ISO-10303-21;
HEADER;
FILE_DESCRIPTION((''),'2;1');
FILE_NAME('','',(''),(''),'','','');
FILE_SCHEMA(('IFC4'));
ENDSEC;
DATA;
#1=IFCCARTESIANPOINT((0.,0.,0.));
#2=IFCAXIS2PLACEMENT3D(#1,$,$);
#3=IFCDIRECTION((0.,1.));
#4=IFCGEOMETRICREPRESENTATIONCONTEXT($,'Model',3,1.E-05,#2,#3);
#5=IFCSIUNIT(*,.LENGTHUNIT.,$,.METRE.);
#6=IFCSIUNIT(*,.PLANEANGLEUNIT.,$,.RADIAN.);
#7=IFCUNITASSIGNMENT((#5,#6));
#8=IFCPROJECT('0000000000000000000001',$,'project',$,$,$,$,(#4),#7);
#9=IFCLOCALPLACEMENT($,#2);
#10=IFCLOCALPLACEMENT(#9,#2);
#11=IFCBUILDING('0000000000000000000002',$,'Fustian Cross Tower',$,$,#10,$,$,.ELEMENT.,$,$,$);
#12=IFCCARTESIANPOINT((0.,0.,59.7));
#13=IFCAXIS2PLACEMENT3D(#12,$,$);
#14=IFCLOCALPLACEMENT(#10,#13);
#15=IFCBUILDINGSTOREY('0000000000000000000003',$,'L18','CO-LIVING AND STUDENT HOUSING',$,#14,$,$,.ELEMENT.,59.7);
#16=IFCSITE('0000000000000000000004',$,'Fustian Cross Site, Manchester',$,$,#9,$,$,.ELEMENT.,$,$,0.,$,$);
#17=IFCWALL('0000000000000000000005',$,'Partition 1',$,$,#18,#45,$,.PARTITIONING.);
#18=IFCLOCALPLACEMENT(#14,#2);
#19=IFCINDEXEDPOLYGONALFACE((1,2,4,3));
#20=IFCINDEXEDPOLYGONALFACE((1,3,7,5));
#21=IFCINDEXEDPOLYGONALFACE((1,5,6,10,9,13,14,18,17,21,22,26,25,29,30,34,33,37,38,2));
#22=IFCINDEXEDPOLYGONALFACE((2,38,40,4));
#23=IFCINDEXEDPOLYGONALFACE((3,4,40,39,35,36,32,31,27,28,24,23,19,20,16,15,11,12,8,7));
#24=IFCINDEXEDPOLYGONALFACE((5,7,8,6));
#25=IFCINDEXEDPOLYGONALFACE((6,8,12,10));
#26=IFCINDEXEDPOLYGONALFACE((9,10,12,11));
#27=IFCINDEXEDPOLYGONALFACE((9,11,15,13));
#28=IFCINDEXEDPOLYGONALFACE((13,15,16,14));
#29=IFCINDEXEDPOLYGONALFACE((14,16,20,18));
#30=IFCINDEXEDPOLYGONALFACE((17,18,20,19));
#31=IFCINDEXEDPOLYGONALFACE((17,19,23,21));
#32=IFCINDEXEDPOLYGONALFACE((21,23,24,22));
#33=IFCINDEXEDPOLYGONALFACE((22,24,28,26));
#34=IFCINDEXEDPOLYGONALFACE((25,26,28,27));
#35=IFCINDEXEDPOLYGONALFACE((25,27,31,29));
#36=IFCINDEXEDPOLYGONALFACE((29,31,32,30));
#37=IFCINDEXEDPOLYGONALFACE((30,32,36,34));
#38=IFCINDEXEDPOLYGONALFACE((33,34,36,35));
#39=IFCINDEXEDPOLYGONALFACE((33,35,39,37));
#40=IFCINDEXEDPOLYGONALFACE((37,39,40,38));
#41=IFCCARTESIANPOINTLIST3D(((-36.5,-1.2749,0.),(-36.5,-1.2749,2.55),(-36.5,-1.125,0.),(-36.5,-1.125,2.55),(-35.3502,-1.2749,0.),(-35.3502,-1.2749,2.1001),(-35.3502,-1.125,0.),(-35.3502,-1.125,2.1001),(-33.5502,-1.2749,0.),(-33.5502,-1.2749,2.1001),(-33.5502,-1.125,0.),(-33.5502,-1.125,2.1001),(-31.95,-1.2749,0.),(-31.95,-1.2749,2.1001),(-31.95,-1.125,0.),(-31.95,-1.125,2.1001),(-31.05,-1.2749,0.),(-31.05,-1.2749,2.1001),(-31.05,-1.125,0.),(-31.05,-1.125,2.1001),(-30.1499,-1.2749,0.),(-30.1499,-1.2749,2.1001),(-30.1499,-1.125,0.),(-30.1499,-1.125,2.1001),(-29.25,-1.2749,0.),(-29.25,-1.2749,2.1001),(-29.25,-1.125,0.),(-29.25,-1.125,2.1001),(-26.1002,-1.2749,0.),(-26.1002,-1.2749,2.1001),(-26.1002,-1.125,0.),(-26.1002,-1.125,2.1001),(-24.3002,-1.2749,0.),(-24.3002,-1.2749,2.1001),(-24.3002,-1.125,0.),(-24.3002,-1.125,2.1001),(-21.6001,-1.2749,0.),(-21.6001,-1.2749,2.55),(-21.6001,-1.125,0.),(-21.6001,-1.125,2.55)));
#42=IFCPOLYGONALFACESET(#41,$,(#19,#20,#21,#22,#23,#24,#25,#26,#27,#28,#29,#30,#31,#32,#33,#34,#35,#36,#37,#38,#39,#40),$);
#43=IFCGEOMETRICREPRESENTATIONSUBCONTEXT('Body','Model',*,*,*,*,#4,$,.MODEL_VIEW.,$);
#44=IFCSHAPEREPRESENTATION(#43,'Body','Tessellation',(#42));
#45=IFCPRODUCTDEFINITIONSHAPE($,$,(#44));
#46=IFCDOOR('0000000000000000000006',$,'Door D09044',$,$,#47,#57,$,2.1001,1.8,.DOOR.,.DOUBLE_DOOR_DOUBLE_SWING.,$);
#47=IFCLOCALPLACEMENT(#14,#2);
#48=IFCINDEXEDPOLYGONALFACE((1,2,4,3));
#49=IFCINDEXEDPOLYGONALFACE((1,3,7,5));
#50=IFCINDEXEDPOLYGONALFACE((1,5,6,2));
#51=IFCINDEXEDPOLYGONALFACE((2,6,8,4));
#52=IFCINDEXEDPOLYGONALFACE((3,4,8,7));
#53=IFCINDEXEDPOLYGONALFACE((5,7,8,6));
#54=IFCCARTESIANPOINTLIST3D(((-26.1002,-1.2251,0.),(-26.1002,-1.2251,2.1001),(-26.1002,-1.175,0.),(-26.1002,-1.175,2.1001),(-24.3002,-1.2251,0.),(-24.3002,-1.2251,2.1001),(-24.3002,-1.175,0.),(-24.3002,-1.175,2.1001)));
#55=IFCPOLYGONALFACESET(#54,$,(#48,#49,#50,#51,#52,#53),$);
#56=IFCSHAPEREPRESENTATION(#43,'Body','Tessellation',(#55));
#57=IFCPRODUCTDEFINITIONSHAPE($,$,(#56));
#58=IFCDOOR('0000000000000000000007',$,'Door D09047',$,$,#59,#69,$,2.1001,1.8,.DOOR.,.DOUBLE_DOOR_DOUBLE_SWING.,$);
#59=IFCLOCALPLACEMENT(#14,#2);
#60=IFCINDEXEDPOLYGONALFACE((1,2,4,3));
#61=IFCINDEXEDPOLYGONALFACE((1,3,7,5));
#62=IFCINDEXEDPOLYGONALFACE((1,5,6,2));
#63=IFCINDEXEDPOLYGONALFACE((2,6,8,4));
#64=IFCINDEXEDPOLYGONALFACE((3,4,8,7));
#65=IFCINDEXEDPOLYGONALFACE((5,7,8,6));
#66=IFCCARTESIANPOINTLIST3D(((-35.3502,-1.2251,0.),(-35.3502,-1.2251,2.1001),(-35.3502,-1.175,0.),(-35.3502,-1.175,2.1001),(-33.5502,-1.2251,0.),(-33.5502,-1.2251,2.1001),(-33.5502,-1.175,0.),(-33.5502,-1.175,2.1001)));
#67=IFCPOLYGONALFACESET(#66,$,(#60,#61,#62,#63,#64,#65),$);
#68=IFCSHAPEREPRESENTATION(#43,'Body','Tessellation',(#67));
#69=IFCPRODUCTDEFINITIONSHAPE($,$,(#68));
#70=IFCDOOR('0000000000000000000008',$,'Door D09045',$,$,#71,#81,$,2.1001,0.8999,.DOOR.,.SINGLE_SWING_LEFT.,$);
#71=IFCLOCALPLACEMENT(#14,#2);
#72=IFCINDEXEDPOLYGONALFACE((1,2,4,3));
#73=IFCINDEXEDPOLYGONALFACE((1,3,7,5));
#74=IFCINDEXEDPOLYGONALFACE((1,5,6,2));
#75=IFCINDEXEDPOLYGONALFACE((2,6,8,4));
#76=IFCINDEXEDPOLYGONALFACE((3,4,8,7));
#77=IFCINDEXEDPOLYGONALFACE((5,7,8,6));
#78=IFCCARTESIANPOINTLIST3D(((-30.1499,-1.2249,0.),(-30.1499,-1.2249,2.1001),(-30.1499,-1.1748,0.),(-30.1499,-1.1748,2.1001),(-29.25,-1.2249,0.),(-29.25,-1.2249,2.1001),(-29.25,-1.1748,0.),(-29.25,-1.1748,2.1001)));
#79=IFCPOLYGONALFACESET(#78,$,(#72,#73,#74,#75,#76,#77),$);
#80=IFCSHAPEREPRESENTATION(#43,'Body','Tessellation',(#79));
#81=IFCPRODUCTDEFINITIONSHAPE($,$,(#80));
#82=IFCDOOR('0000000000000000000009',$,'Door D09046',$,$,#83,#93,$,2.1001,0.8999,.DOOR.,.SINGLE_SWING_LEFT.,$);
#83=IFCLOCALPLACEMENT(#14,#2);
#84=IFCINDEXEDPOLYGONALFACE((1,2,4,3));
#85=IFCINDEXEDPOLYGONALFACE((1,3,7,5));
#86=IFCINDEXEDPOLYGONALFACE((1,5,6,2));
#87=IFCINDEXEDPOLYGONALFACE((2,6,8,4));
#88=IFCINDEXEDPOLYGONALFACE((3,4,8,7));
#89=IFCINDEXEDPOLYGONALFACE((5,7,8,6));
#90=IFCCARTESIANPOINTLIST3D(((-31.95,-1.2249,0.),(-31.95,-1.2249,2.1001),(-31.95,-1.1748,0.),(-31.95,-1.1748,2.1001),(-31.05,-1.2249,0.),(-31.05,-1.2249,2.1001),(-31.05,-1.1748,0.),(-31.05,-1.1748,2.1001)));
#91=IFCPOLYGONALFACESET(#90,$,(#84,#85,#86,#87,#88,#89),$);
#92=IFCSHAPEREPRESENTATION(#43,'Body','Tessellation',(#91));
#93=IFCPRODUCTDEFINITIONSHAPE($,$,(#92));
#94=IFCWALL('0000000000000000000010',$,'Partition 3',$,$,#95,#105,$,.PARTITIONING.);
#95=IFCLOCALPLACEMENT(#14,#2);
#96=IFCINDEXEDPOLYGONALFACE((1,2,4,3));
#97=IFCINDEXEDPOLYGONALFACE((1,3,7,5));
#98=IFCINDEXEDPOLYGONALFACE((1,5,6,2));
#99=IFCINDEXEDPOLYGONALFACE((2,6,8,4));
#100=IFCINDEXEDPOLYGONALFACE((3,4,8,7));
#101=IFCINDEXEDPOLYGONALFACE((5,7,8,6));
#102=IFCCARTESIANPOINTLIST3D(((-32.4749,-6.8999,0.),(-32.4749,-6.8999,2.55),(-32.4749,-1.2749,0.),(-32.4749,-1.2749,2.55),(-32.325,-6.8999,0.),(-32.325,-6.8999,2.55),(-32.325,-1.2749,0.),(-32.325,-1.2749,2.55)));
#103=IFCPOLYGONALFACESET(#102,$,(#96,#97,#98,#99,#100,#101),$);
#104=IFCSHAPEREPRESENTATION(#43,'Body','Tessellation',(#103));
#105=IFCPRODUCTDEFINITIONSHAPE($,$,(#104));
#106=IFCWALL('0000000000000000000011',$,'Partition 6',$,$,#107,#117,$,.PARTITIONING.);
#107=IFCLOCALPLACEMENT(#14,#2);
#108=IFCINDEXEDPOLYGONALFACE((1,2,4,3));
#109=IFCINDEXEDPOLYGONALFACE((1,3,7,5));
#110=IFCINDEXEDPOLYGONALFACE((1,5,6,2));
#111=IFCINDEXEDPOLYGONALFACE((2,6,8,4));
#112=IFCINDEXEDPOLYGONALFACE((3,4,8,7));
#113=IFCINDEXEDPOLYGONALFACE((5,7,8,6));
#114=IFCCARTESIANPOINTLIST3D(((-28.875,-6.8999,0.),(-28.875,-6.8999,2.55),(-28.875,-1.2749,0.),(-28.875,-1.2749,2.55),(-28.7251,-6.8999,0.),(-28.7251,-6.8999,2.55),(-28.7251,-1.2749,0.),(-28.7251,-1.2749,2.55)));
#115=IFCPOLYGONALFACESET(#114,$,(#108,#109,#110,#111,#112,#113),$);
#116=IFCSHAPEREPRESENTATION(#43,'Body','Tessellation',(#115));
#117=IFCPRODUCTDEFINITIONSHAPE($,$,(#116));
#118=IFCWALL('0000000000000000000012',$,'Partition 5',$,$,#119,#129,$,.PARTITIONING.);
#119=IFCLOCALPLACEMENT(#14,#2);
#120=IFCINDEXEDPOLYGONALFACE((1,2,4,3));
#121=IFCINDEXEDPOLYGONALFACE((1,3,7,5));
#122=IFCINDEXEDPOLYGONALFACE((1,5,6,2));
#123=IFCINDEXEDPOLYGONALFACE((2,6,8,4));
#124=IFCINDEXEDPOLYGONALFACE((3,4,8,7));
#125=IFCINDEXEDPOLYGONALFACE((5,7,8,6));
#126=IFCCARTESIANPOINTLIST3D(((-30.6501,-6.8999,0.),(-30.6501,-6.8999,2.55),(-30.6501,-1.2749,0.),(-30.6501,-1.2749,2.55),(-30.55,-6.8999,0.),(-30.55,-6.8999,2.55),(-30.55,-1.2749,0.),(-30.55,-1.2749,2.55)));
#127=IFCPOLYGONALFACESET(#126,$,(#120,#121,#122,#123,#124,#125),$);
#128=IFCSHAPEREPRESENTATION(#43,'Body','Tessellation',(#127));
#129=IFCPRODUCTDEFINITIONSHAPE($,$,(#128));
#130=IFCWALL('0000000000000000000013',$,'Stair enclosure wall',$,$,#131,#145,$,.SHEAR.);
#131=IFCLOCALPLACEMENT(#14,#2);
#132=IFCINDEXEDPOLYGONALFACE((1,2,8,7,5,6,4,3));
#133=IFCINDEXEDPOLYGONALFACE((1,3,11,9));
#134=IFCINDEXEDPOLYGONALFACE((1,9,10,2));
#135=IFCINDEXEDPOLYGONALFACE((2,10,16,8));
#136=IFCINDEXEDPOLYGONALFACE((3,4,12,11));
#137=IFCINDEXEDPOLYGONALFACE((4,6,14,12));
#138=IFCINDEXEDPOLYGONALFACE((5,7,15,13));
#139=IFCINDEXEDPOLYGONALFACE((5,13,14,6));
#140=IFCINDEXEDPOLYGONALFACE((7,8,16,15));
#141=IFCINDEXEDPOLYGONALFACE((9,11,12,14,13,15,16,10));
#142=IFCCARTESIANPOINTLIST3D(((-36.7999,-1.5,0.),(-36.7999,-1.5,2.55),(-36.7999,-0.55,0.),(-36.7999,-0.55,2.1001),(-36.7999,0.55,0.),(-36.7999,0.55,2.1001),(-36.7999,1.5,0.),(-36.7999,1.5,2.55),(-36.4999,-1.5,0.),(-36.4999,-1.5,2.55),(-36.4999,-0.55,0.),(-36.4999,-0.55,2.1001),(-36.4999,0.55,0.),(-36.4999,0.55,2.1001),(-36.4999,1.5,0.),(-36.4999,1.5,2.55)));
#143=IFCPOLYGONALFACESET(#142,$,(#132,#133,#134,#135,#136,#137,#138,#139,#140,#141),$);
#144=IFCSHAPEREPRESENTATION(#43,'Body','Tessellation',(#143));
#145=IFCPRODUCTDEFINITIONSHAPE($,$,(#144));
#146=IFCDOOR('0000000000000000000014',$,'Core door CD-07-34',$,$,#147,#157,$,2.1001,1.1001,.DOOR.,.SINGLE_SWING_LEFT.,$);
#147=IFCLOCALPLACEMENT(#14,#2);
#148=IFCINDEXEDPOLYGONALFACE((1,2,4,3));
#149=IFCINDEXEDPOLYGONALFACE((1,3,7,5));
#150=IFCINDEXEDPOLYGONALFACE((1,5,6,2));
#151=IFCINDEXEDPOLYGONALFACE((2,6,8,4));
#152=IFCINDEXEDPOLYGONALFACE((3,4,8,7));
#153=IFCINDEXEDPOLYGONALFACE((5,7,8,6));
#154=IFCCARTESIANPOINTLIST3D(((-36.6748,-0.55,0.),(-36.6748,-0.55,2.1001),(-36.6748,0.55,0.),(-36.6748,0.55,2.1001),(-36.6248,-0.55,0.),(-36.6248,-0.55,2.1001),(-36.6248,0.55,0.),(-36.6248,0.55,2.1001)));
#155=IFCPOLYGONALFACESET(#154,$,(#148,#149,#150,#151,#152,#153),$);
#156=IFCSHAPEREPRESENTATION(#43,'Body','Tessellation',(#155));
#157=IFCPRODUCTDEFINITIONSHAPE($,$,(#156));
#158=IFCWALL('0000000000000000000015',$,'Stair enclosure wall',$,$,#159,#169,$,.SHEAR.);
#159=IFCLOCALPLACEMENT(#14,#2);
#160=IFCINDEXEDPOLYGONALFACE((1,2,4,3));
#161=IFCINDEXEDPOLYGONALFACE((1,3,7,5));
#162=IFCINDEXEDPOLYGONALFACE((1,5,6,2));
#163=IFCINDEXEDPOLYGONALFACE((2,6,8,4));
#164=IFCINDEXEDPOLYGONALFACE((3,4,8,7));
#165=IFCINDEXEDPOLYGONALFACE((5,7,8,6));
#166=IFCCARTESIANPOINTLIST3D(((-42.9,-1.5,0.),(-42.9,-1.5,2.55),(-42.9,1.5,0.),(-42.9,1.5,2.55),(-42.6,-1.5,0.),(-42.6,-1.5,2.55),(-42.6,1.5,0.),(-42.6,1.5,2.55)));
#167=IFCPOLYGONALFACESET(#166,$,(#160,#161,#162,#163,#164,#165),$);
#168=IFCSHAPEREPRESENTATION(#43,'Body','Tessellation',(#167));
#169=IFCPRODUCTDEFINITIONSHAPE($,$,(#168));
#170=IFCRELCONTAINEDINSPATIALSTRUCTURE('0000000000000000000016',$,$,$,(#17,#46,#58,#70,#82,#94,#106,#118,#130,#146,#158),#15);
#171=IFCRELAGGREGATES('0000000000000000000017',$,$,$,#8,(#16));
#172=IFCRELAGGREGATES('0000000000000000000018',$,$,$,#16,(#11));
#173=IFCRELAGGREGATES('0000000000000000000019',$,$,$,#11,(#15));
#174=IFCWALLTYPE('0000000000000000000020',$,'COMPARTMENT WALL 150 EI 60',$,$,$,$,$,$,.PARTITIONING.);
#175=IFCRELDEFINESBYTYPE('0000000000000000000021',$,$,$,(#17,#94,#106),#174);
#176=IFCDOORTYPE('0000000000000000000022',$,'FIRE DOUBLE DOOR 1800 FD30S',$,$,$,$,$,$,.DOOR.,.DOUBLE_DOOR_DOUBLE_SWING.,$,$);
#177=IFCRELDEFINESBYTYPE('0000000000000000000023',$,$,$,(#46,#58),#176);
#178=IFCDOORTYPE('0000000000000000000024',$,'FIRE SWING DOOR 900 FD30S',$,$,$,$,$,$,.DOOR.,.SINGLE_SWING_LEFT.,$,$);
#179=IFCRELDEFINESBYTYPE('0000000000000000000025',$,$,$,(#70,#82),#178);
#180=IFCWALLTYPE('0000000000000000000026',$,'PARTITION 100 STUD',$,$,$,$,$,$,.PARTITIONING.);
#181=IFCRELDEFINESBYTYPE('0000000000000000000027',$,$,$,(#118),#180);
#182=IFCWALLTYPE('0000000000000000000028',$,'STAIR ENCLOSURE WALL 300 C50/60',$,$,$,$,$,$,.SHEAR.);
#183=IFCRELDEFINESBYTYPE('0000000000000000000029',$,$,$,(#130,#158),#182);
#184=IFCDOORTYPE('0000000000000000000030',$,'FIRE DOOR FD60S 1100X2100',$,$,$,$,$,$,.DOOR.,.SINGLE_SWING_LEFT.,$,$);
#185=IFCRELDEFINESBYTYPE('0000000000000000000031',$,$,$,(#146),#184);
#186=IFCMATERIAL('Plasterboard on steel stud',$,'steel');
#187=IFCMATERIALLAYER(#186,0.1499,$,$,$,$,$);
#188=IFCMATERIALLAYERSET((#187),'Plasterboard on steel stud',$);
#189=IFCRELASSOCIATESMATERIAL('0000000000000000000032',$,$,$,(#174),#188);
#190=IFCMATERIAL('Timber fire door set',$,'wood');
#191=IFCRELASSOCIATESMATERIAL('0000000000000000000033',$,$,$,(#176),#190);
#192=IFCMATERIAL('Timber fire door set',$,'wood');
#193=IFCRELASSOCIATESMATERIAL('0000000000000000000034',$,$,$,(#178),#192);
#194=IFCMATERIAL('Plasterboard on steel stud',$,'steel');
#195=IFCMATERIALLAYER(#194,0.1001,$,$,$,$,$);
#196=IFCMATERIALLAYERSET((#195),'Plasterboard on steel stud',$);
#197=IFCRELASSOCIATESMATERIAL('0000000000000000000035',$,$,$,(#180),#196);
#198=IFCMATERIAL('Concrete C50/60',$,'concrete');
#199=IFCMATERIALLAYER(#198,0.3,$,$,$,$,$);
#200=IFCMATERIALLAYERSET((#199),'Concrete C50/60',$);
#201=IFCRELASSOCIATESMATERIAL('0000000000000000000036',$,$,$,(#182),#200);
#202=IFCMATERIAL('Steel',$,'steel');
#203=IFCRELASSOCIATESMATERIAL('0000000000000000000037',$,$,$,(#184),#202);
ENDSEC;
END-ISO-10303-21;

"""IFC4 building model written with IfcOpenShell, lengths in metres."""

from ifc_helpers import new_model, si_unit, direction, frame, frame_2d, origin, place, context, subcontext, project, spatial, rectangle, extrude, material, layer, layer_set, type_object, element, fill, save


model = new_model("IFC4")

# Units and contexts
model_context = context("Model", 3, precision=1e-05, world=origin(), true_north=direction((0.0, 1.0)))
body_context = subcontext(model_context, "Body", "Model", "MODEL_VIEW")
ifc_project = project(units=[si_unit("LENGTHUNIT", "METRE"), si_unit("PLANEANGLEUNIT", "RADIAN")], contexts=[model_context])

# Site, building, storey
site_placement = place(None, origin())
site = spatial("IfcSite", under=ifc_project, at=site_placement, Name="Fustian Cross Site, Manchester", CompositionType="ELEMENT", RefElevation=0.0)
building_placement = place(site_placement, origin())
building = spatial("IfcBuilding", under=site, at=building_placement, Name="Fustian Cross Tower", CompositionType="ELEMENT")
storey_placement = place(building_placement, frame((0.0, 0.0, 59.7)))
storey = spatial("IfcBuildingStorey", under=building, at=storey_placement, Name="L18", Description="CO-LIVING AND STUDENT HOUSING", CompositionType="ELEMENT", Elevation=59.7)

# Wall, openings, doors
ifc_material_1 = material(Name="Plasterboard on steel stud", Category="steel")
ifc_layer_1 = layer(ifc_material_1, 0.1499)
ifc_layer_set_1 = layer_set([ifc_layer_1], Name="Plasterboard on steel stud")
wall_type_1 = type_object("IfcWallType", Name="COMPARTMENT WALL 150 EI 60", PredefinedType="PARTITIONING", material=ifc_layer_set_1)
wall_1_placement = place(storey_placement, frame((-36.5, -1.2, 0.0), z_axis=(0.0, 0.0, 1.0), x_axis=(1.0, 0.0, 0.0)))
wall_1 = element("IfcWall", 1, at=wall_1_placement, inside=storey, type_object=wall_type_1, Name="Partition 1", PredefinedType="PARTITIONING", context=body_context, shape_type="SweptSolid", body=[
    extrude(rectangle(XDim=14.8999, YDim=0.1499, at=frame_2d((7.45, 0.0))), origin(), (0.0, 0.0, 1.0), 2.55),
])
opening_1_placement = place(wall_1_placement, frame((10.3999, 0.0, 0.0)))
opening_1 = element("IfcOpeningElement", 2, at=opening_1_placement, cuts=wall_1, PredefinedType="OPENING", context=body_context, shape_type="SweptSolid", body=[
    extrude(rectangle(XDim=1.8, YDim=2.1001, at=frame_2d((0.8999, 1.05))), frame((0.0, 0.085, 0.0), z_axis=(0.0, -1.0, 0.0), x_axis=(1.0, 0.0, 0.0)), (0.0, 0.0, 1.0), 0.1699),
])
opening_2_placement = place(wall_1_placement, frame((6.3501, 0.0, 0.0)))
opening_2 = element("IfcOpeningElement", 3, at=opening_2_placement, cuts=wall_1, PredefinedType="OPENING", context=body_context, shape_type="SweptSolid", body=[
    extrude(rectangle(XDim=0.8999, YDim=2.1001, at=frame_2d((0.45, 1.05))), frame((0.0, 0.085, 0.0), z_axis=(0.0, -1.0, 0.0), x_axis=(1.0, 0.0, 0.0)), (0.0, 0.0, 1.0), 0.1699),
])
opening_3_placement = place(wall_1_placement, frame((4.55, 0.0, 0.0)))
opening_3 = element("IfcOpeningElement", 4, at=opening_3_placement, cuts=wall_1, PredefinedType="OPENING", context=body_context, shape_type="SweptSolid", body=[
    extrude(rectangle(XDim=0.8999, YDim=2.1001, at=frame_2d((0.45, 1.05))), frame((0.0, 0.085, 0.0), z_axis=(0.0, -1.0, 0.0), x_axis=(1.0, 0.0, 0.0)), (0.0, 0.0, 1.0), 0.1699),
])
opening_4_placement = place(wall_1_placement, frame((1.1499, 0.0, 0.0)))
opening_4 = element("IfcOpeningElement", 5, at=opening_4_placement, cuts=wall_1, PredefinedType="OPENING", context=body_context, shape_type="SweptSolid", body=[
    extrude(rectangle(XDim=1.8, YDim=2.1001, at=frame_2d((0.8999, 1.05))), frame((0.0, 0.085, 0.0), z_axis=(0.0, -1.0, 0.0), x_axis=(1.0, 0.0, 0.0)), (0.0, 0.0, 1.0), 0.1699),
])
ifc_material_2 = material(Name="Timber fire door set", Category="wood")
door_type_1 = type_object("IfcDoorType", Name="FIRE DOUBLE DOOR 1800 FD30S", OperationType="DOUBLE_DOOR_DOUBLE_SWING", PredefinedType="DOOR", material=ifc_material_2)
door_1_placement = place(opening_1_placement, origin())
door_1 = element("IfcDoor", 6, at=door_1_placement, inside=storey, type_object=door_type_1, Name="Door D09044", OperationType="DOUBLE_DOOR_DOUBLE_SWING", OverallHeight=2.1001, OverallWidth=1.8, PredefinedType="DOOR", context=body_context, shape_type="SweptSolid", body=[
    extrude(rectangle(XDim=1.8, YDim=2.1001, at=frame_2d((0.8999, 1.05))), frame((0.0, 0.0249, 0.0), z_axis=(0.0, -1.0, 0.0), x_axis=(1.0, 0.0, 0.0)), (0.0, 0.0, 1.0), 0.05),
])
fill(opening_1, door_1)
door_2_placement = place(opening_4_placement, origin())
door_2 = element("IfcDoor", 7, at=door_2_placement, inside=storey, type_object=door_type_1, Name="Door D09047", OperationType="DOUBLE_DOOR_DOUBLE_SWING", OverallHeight=2.1001, OverallWidth=1.8, PredefinedType="DOOR", context=body_context, shape_type="SweptSolid", body=[
    extrude(rectangle(XDim=1.8, YDim=2.1001, at=frame_2d((0.8999, 1.05))), frame((0.0, 0.0249, 0.0), z_axis=(0.0, -1.0, 0.0), x_axis=(1.0, 0.0, 0.0)), (0.0, 0.0, 1.0), 0.05),
])
fill(opening_4, door_2)
ifc_material_3 = material(Name="Timber fire door set", Category="wood")
door_type_2 = type_object("IfcDoorType", Name="FIRE SWING DOOR 900 FD30S", OperationType="SINGLE_SWING_LEFT", PredefinedType="DOOR", material=ifc_material_3)
door_3_placement = place(opening_2_placement, frame((0.8999, 0.0, 0.0), z_axis=(0.0, 0.0, 1.0), x_axis=(-1.0, 0.0, 0.0)))
door_3 = element("IfcDoor", 8, at=door_3_placement, inside=storey, type_object=door_type_2, Name="Door D09045", OperationType="SINGLE_SWING_LEFT", OverallHeight=2.1001, OverallWidth=0.8999, PredefinedType="DOOR", context=body_context, shape_type="SweptSolid", body=[
    extrude(rectangle(XDim=0.8999, YDim=2.1001, at=frame_2d((0.45, 1.05))), frame((0.0, 0.0249, 0.0), z_axis=(0.0, -1.0, 0.0), x_axis=(1.0, 0.0, 0.0)), (0.0, 0.0, 1.0), 0.05),
])
fill(opening_2, door_3)
door_4_placement = place(opening_3_placement, frame((0.8999, 0.0, 0.0), z_axis=(0.0, 0.0, 1.0), x_axis=(-1.0, 0.0, 0.0)))
door_4 = element("IfcDoor", 9, at=door_4_placement, inside=storey, type_object=door_type_2, Name="Door D09046", OperationType="SINGLE_SWING_LEFT", OverallHeight=2.1001, OverallWidth=0.8999, PredefinedType="DOOR", context=body_context, shape_type="SweptSolid", body=[
    extrude(rectangle(XDim=0.8999, YDim=2.1001, at=frame_2d((0.45, 1.05))), frame((0.0, 0.0249, 0.0), z_axis=(0.0, -1.0, 0.0), x_axis=(1.0, 0.0, 0.0)), (0.0, 0.0, 1.0), 0.05),
])
fill(opening_3, door_4)

# Walls
for number, where, z_axis, x_axis, name in (
    (10, (-32.3999, -6.8999, 0.0), (0.0, 0.0, 1.0), (0.0, 1.0, 0.0), "Partition 3"),
    (11, (-28.8, -6.8999, 0.0), (0.0, 0.0, 1.0), (0.0, 1.0, 0.0), "Partition 6"),
):
    element("IfcWall", number, at=place(storey_placement, frame(where, z_axis=z_axis, x_axis=x_axis)), inside=storey, type_object=wall_type_1, Name=name, PredefinedType="PARTITIONING", context=body_context, shape_type="SweptSolid", body=[
        extrude(rectangle(XDim=5.625, YDim=0.1499, at=frame_2d((2.8125, 0.0))), origin(), (0.0, 0.0, 1.0), 2.55),
    ])
ifc_material_4 = material(Name="Plasterboard on steel stud", Category="steel")
ifc_layer_2 = layer(ifc_material_4, 0.1001)
ifc_layer_set_2 = layer_set([ifc_layer_2], Name="Plasterboard on steel stud")
wall_type_2 = type_object("IfcWallType", Name="PARTITION 100 STUD", PredefinedType="PARTITIONING", material=ifc_layer_set_2)
wall_2_placement = place(storey_placement, frame((-30.6001, -6.8999, 0.0), z_axis=(0.0, 0.0, 1.0), x_axis=(0.0, 1.0, 0.0)))
element("IfcWall", 12, at=wall_2_placement, inside=storey, type_object=wall_type_2, Name="Partition 5", PredefinedType="PARTITIONING", context=body_context, shape_type="SweptSolid", body=[
    extrude(rectangle(XDim=5.625, YDim=0.1001, at=frame_2d((2.8125, 0.0))), origin(), (0.0, 0.0, 1.0), 2.55),
])

# Wall, opening, door
ifc_material_5 = material(Name="Concrete C50/60", Category="concrete")
ifc_layer_3 = layer(ifc_material_5, 0.3)
ifc_layer_set_3 = layer_set([ifc_layer_3], Name="Concrete C50/60")
wall_type_3 = type_object("IfcWallType", Name="STAIR ENCLOSURE WALL 300 C50/60", PredefinedType="SHEAR", material=ifc_layer_set_3)
wall_3_placement = place(storey_placement, frame((-36.6499, -1.5, 0.0), z_axis=(0.0, 0.0, 1.0), x_axis=(0.0, 1.0, 0.0)))
wall_3 = element("IfcWall", 13, at=wall_3_placement, inside=storey, type_object=wall_type_3, Name="Stair enclosure wall", PredefinedType="SHEAR", context=body_context, shape_type="SweptSolid", body=[
    extrude(rectangle(XDim=3.0, YDim=0.3, at=frame_2d((1.5, 0.0))), origin(), (0.0, 0.0, 1.0), 2.55),
])
opening_5_placement = place(wall_3_placement, frame((0.95, 0.0, 0.0)))
opening_5 = element("IfcOpeningElement", 14, at=opening_5_placement, cuts=wall_3, PredefinedType="OPENING", context=body_context, shape_type="SweptSolid", body=[
    extrude(rectangle(XDim=1.1001, YDim=2.1001, at=frame_2d((0.55, 1.05))), frame((0.0, 0.1599, 0.0), z_axis=(0.0, -1.0, 0.0), x_axis=(1.0, 0.0, 0.0)), (0.0, 0.0, 1.0), 0.3201),
])
ifc_material_6 = material(Name="Steel", Category="steel")
door_type_3 = type_object("IfcDoorType", Name="FIRE DOOR FD60S 1100X2100", OperationType="SINGLE_SWING_LEFT", PredefinedType="DOOR", material=ifc_material_6)
door_5_placement = place(opening_5_placement, origin())
door_5 = element("IfcDoor", 15, at=door_5_placement, inside=storey, type_object=door_type_3, Name="Core door CD-07-34", OperationType="SINGLE_SWING_LEFT", OverallHeight=2.1001, OverallWidth=1.1001, PredefinedType="DOOR", context=body_context, shape_type="SweptSolid", body=[
    extrude(rectangle(XDim=1.1001, YDim=2.1001, at=frame_2d((0.55, 1.05))), frame((0.0, 0.0249, 0.0), z_axis=(0.0, -1.0, 0.0), x_axis=(1.0, 0.0, 0.0)), (0.0, 0.0, 1.0), 0.05),
])
fill(opening_5, door_5)

# Wall
wall_4_placement = place(storey_placement, frame((-42.75, -1.5, 0.0), z_axis=(0.0, 0.0, 1.0), x_axis=(0.0, 1.0, 0.0)))
element("IfcWall", 16, at=wall_4_placement, inside=storey, type_object=wall_type_3, Name="Stair enclosure wall", PredefinedType="SHEAR", context=body_context, shape_type="SweptSolid", body=[
    extrude(rectangle(XDim=3.0, YDim=0.3, at=frame_2d((1.5, 0.0))), origin(), (0.0, 0.0, 1.0), 2.55),
])

save(model, "model.ifc")
